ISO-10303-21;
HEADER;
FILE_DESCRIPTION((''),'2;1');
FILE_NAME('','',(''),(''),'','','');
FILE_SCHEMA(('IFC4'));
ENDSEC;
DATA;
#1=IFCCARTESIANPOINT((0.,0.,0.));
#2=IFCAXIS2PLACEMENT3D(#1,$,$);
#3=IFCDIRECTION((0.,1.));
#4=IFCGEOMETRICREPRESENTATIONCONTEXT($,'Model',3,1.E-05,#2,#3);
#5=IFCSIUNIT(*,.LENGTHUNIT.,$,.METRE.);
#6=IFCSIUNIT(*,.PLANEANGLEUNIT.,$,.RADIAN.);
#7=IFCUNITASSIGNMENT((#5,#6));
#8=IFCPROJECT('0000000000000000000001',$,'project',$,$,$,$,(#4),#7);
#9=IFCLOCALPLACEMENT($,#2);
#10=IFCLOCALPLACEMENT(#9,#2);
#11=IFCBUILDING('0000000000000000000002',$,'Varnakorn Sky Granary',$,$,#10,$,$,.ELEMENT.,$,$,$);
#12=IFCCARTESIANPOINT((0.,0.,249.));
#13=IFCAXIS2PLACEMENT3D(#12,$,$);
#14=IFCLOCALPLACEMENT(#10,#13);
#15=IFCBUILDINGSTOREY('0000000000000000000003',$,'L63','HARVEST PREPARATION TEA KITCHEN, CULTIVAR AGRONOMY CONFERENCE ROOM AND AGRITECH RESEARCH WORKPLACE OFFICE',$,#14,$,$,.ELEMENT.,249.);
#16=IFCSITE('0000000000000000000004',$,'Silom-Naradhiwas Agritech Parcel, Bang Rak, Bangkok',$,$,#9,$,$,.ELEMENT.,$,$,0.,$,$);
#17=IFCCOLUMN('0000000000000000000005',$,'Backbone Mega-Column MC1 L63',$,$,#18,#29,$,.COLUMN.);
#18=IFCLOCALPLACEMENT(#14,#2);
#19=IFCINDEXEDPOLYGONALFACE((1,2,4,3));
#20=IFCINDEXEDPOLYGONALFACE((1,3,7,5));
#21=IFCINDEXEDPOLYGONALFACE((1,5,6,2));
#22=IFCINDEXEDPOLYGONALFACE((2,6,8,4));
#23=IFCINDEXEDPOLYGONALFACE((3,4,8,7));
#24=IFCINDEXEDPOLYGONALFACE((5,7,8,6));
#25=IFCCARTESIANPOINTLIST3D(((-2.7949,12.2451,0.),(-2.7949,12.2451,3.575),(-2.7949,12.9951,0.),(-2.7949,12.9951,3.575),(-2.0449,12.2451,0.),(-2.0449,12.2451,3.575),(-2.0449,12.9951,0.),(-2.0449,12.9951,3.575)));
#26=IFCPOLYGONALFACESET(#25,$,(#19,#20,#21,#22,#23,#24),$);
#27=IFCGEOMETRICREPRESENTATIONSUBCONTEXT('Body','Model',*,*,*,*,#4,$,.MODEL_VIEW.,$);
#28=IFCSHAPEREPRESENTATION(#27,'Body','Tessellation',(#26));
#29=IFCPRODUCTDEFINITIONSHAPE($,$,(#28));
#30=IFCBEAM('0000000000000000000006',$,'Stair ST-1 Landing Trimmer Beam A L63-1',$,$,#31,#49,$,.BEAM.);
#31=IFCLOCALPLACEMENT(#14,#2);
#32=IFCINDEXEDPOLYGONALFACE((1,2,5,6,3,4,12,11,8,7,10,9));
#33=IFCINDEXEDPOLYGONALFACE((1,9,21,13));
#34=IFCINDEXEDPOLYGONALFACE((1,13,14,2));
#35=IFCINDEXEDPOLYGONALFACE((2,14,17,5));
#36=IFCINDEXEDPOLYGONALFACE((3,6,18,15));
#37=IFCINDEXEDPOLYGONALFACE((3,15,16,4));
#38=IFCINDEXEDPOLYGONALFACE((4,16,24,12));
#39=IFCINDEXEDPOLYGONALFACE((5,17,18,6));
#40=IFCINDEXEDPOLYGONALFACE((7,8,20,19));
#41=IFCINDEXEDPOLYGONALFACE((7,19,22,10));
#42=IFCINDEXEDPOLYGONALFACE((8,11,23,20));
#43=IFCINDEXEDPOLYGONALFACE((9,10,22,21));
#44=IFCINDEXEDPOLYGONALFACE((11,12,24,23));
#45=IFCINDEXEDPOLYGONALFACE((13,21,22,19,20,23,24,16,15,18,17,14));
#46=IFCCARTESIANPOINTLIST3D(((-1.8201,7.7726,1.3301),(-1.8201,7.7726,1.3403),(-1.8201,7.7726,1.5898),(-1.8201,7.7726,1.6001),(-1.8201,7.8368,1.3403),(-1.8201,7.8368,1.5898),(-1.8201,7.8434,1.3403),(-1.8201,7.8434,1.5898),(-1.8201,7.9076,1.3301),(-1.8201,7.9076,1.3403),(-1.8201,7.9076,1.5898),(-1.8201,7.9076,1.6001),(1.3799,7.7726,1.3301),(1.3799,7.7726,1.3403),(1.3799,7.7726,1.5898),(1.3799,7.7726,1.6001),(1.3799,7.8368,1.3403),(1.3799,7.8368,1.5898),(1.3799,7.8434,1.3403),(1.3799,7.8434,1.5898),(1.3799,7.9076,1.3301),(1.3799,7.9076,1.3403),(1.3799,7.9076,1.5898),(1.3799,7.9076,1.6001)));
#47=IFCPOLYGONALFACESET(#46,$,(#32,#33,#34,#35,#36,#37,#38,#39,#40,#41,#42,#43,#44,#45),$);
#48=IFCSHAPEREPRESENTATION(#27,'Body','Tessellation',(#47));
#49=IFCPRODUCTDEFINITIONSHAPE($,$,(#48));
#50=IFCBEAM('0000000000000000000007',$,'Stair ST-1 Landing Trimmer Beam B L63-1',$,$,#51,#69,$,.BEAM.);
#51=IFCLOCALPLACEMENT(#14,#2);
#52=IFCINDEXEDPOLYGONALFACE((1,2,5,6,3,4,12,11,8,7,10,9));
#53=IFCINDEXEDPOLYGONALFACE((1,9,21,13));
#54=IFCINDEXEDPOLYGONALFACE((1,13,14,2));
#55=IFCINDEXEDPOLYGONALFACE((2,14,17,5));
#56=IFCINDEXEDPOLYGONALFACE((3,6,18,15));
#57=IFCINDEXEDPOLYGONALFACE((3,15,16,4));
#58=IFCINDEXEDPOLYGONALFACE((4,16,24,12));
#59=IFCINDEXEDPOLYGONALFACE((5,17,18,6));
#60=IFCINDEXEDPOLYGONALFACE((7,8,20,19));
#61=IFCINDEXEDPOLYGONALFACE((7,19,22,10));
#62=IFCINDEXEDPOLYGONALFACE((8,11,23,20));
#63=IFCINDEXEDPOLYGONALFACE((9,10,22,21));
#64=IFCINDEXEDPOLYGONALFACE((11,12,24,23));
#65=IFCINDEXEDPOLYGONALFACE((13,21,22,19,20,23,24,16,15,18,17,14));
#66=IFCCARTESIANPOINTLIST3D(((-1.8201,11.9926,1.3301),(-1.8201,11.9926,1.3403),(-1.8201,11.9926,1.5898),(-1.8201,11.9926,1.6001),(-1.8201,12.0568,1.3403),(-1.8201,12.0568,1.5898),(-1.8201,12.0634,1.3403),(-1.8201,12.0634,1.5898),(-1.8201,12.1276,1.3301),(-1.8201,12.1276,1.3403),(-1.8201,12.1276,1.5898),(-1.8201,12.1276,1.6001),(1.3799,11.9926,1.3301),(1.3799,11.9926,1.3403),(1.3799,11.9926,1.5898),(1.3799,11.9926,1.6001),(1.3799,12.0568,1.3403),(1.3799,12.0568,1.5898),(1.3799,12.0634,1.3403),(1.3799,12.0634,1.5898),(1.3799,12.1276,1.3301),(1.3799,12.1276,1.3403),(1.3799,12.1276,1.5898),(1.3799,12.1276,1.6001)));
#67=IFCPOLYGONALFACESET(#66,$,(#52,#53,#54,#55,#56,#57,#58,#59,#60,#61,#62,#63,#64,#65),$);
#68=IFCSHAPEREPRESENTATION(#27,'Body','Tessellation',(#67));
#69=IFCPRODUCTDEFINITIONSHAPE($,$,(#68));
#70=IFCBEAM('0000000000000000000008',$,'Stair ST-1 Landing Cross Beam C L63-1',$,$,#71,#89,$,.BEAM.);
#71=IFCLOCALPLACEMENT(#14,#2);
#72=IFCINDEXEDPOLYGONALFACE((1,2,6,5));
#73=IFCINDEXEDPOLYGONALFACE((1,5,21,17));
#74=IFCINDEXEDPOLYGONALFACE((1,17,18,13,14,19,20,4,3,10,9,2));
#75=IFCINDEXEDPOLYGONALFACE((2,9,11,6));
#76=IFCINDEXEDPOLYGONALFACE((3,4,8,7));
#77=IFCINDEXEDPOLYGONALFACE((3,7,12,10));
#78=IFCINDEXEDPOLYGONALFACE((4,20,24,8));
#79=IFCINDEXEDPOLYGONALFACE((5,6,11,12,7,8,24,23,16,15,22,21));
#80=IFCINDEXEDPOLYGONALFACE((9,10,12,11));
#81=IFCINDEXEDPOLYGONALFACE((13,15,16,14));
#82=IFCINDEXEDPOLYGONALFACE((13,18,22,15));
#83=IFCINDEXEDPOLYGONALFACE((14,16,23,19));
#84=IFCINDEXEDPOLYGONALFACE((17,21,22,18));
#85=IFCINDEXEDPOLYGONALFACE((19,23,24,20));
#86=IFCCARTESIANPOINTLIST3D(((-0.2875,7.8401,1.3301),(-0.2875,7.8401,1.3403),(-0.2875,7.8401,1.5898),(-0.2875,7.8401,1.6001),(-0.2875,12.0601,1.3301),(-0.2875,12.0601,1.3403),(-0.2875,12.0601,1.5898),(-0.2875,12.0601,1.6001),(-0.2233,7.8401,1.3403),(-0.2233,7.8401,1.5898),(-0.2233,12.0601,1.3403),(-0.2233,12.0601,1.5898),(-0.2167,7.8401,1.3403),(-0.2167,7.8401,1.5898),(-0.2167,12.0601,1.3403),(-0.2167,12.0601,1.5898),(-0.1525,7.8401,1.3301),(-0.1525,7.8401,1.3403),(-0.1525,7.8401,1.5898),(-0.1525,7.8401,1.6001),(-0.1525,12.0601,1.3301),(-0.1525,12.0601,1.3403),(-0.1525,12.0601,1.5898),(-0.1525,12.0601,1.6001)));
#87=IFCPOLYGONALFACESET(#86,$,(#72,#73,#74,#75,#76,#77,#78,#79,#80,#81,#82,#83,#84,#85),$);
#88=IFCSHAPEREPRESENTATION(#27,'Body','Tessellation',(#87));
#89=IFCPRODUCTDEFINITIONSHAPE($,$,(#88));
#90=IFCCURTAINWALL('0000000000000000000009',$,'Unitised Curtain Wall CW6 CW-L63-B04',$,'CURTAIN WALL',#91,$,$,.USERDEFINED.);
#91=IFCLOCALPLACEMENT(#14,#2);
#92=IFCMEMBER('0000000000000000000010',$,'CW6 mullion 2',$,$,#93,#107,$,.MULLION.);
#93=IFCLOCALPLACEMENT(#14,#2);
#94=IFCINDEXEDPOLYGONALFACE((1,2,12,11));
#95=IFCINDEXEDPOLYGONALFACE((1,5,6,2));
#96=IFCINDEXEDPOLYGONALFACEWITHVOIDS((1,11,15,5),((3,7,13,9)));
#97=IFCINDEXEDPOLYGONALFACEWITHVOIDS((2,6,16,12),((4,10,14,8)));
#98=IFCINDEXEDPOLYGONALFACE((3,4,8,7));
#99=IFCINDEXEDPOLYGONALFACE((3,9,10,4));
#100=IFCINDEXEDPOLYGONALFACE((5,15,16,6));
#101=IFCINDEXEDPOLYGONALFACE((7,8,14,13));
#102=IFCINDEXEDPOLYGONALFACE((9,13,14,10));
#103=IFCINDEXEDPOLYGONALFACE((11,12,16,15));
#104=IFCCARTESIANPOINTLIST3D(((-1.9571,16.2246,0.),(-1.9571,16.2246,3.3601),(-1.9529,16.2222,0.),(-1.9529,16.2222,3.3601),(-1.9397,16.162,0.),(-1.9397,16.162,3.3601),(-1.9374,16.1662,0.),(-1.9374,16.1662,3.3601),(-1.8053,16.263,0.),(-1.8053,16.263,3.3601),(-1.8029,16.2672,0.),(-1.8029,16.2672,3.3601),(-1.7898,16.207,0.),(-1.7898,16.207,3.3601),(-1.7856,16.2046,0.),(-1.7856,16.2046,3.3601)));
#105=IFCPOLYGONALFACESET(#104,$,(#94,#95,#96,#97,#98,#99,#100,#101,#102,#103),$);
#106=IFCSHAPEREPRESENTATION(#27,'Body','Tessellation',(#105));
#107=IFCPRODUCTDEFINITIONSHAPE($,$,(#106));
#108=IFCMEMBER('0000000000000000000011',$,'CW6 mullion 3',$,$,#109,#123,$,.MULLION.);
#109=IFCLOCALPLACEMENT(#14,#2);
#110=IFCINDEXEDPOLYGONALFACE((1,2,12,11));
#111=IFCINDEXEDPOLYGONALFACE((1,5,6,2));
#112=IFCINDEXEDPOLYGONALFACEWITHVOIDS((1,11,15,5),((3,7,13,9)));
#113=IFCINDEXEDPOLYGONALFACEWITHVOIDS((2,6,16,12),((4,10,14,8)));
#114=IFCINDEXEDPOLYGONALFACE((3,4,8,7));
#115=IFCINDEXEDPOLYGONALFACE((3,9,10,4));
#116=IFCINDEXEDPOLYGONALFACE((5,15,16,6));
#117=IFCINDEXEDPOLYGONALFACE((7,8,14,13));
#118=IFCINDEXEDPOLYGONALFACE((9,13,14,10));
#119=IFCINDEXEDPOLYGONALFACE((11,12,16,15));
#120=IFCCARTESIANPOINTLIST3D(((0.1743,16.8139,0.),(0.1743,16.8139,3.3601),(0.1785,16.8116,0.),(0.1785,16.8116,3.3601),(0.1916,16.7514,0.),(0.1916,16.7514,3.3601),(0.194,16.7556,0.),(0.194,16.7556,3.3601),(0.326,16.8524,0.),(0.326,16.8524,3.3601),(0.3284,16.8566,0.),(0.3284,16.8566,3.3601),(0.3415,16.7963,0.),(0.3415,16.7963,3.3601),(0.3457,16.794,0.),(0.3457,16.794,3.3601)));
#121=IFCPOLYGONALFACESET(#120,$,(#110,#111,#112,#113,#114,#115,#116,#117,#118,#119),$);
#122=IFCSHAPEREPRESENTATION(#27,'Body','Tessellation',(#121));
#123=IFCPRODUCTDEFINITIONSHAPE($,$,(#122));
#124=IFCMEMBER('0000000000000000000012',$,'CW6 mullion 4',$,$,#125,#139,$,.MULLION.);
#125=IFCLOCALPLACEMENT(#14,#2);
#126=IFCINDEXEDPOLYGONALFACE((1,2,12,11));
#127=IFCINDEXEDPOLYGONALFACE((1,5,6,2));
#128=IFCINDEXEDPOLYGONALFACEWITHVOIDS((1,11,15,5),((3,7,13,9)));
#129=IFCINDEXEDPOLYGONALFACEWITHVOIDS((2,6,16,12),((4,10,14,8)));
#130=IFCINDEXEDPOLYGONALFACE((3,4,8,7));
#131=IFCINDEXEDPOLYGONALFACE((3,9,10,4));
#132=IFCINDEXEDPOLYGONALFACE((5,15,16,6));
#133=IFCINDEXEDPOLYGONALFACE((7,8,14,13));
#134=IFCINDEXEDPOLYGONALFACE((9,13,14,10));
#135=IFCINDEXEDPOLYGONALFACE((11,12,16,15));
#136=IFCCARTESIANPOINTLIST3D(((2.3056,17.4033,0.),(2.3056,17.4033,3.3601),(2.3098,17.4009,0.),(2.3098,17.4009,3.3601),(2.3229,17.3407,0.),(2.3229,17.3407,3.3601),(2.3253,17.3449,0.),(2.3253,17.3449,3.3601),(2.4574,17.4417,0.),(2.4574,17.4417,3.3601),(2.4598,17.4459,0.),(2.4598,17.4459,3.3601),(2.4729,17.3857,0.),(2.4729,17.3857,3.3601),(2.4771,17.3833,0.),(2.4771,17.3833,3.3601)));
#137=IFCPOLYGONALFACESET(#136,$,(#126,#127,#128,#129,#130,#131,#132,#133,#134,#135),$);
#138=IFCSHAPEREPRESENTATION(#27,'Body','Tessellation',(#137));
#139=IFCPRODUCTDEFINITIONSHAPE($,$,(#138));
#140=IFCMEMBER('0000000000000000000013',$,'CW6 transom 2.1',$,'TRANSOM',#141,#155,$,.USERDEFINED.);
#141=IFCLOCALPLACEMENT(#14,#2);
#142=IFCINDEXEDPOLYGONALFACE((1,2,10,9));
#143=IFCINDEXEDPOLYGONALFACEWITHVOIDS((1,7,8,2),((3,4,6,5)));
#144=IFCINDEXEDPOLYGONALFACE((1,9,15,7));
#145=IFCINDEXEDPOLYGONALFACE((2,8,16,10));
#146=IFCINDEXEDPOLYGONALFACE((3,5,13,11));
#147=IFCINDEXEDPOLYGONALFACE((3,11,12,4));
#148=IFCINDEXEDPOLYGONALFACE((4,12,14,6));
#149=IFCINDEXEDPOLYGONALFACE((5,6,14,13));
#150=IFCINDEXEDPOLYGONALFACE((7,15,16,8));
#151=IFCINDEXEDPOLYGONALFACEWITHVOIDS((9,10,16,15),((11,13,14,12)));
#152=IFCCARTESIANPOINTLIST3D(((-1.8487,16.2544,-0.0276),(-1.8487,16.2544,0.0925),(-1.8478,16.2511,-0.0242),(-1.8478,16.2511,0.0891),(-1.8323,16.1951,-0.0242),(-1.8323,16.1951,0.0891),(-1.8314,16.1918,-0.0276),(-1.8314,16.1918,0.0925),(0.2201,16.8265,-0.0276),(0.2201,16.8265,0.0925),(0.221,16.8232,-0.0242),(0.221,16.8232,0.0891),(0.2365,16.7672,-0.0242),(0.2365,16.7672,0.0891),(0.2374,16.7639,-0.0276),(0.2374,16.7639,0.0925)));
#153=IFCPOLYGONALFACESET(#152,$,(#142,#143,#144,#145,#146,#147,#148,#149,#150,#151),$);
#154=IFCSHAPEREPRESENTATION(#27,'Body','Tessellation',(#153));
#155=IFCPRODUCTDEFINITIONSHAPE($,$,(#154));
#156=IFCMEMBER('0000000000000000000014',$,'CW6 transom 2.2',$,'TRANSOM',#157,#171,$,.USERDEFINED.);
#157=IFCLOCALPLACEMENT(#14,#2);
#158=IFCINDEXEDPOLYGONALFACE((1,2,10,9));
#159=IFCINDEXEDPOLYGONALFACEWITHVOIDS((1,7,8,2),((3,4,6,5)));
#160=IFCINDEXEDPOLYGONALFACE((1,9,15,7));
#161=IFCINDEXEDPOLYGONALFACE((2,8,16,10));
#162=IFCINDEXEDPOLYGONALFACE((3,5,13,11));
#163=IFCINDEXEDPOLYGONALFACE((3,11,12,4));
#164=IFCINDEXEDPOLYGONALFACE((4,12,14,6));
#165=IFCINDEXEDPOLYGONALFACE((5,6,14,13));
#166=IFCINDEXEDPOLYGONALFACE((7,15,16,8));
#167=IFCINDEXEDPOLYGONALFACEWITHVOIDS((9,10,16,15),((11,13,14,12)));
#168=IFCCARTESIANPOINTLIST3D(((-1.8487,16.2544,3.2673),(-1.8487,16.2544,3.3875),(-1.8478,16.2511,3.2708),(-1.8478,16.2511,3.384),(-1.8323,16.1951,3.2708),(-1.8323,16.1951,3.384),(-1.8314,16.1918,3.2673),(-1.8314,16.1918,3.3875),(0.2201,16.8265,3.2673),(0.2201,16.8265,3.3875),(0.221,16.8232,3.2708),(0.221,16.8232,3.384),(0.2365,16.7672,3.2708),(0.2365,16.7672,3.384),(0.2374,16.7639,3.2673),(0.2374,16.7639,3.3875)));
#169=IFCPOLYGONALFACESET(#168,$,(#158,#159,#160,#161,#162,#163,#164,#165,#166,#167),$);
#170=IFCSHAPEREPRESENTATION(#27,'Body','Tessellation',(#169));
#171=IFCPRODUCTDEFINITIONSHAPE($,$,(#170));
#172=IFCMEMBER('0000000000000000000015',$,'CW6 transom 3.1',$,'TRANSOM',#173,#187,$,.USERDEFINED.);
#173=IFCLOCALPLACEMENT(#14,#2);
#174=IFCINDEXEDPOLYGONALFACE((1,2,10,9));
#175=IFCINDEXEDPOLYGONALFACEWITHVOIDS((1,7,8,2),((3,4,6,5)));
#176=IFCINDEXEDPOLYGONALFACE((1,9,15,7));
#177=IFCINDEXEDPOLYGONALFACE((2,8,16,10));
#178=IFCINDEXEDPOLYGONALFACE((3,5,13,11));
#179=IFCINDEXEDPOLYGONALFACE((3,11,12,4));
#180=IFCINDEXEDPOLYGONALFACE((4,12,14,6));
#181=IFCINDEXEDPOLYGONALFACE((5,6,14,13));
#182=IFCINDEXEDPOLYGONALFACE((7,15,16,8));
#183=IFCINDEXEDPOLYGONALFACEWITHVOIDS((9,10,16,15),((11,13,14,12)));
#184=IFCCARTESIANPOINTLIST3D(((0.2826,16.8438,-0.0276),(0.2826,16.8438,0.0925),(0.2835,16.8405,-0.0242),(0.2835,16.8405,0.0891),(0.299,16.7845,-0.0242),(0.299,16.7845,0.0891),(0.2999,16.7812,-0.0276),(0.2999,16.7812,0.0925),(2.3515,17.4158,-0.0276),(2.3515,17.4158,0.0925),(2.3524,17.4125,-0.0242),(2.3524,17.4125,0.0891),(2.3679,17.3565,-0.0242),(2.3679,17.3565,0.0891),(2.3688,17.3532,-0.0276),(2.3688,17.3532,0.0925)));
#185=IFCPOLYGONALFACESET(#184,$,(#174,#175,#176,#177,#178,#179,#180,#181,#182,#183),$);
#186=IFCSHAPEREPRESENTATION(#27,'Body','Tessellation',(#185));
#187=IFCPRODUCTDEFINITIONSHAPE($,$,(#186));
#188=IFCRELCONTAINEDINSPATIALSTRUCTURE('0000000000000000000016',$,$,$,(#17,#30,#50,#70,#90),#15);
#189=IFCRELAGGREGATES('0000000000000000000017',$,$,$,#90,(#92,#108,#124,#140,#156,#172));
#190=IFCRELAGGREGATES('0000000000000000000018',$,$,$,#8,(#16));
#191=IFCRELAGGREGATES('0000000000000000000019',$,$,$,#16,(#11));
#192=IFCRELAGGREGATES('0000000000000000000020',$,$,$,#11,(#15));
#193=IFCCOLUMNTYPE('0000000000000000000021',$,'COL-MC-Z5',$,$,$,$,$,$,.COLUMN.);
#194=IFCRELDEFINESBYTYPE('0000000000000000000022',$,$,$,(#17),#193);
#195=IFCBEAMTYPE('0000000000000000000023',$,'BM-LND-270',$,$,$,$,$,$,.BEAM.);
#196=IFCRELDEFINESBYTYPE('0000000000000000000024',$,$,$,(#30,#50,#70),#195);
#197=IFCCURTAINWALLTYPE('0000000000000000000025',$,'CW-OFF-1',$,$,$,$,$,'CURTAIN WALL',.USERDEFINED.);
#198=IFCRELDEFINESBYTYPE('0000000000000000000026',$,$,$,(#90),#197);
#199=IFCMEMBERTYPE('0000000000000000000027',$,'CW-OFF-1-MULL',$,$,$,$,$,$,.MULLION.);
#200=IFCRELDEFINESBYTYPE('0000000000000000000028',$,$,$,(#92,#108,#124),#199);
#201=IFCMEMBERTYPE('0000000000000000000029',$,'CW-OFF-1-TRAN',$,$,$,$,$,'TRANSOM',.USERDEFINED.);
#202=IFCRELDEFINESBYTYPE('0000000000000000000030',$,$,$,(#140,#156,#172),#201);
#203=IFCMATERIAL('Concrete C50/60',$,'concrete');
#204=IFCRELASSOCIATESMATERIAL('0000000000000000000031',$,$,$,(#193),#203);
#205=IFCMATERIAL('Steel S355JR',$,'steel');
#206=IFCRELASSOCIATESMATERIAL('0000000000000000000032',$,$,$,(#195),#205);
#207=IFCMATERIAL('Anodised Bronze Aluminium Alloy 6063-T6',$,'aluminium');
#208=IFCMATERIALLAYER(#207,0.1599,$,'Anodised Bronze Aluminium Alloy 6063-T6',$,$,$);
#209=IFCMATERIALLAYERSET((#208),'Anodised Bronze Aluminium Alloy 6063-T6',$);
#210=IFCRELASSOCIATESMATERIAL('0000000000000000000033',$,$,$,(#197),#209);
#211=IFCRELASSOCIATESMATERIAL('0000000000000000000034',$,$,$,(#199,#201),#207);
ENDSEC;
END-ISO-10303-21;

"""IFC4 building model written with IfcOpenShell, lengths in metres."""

from ifc_helpers import new_model, si_unit, direction, frame, origin, origin_2d, place, context, subcontext, project, spatial, rectangle, hollow_rectangle, i_section, extrude, material, layer, layer_set, material_profile, profile_set, type_object, element, aggregate, save


model = new_model("IFC4")

# Units and contexts
model_context = context("Model", 3, precision=1e-05, world=origin(), true_north=direction((0.0, 1.0)))
body_context = subcontext(model_context, "Body", "Model", "MODEL_VIEW")
ifc_project = project(units=[si_unit("LENGTHUNIT", "METRE"), si_unit("PLANEANGLEUNIT", "RADIAN")], contexts=[model_context])

# Site, building, storey
site_placement = place(None, origin())
site = spatial("IfcSite", under=ifc_project, at=site_placement, Name="Silom-Naradhiwas Agritech Parcel, Bang Rak, Bangkok", CompositionType="ELEMENT", RefElevation=0.0)
building_placement = place(site_placement, origin())
building = spatial("IfcBuilding", under=site, at=building_placement, Name="Varnakorn Sky Granary", CompositionType="ELEMENT")
storey_placement = place(building_placement, frame((0.0, 0.0, 249.0)))
storey = spatial("IfcBuildingStorey", under=building, at=storey_placement, Name="L63", Description="HARVEST PREPARATION TEA KITCHEN, CULTIVAR AGRONOMY CONFERENCE ROOM AND AGRITECH RESEARCH WORKPLACE OFFICE", CompositionType="ELEMENT", Elevation=249.0)

# Column
ifc_material_1 = material(Name="Concrete C50/60", Category="concrete")
ifc_material_profile_1 = material_profile(ifc_material_1, rectangle(XDim=0.75, YDim=0.75, at=origin_2d()), Name="RC 750x750")
ifc_profile_set_1 = profile_set([ifc_material_profile_1], Name="Concrete C50/60")
column_type = type_object("IfcColumnType", Name="COL-MC-Z5", PredefinedType="COLUMN", material=ifc_profile_set_1)
column_placement = place(storey_placement, frame((-2.4199, 12.6201, 0.0), z_axis=(0.0, 0.0, 1.0), x_axis=(1.0, 0.0, 0.0)))
element("IfcColumn", 1, at=column_placement, inside=storey, type_object=column_type, Name="Backbone Mega-Column MC1 L63", PredefinedType="COLUMN", context=body_context, shape_type="SweptSolid", body=[
    extrude(rectangle(XDim=0.75, YDim=0.75, at=origin_2d()), origin(), (0.0, 0.0, 1.0), 3.575),
])

# Beams
ifc_material_2 = material(Name="Steel S355JR", Category="steel")
ifc_material_profile_2 = material_profile(ifc_material_2, i_section(OverallWidth=0.135, OverallDepth=0.27, WebThickness=0.0066, FlangeThickness=0.0103, at=origin_2d()), Name="IPE 270")
ifc_profile_set_2 = profile_set([ifc_material_profile_2], Name="Steel S355JR")
beam_type = type_object("IfcBeamType", Name="BM-LND-270", PredefinedType="BEAM", material=ifc_profile_set_2)
for number, where, z_axis, x_axis, name in (
    (2, (-1.8201, 7.8401, 1.4651), (1.0, 0.0, 0.0), (0.0, 1.0, 0.0), "Stair ST-1 Landing Trimmer Beam A L63-1"),
    (3, (-1.8201, 12.0601, 1.4651), (1.0, 0.0, 0.0), (0.0, 1.0, 0.0), "Stair ST-1 Landing Trimmer Beam B L63-1"),
):
    element("IfcBeam", number, at=place(storey_placement, frame(where, z_axis=z_axis, x_axis=x_axis)), inside=storey, type_object=beam_type, Name=name, PredefinedType="BEAM", context=body_context, shape_type="SweptSolid", body=[
        extrude(i_section(OverallWidth=0.135, OverallDepth=0.27, WebThickness=0.0066, FlangeThickness=0.0103, at=origin_2d()), origin(), (0.0, 0.0, 1.0), 3.2),
    ])
beam_placement = place(storey_placement, frame((-0.22, 7.8401, 1.4651), z_axis=(0.0, 1.0, 0.0), x_axis=(-1.0, 0.0, 0.0)))
element("IfcBeam", 4, at=beam_placement, inside=storey, type_object=beam_type, Name="Stair ST-1 Landing Cross Beam C L63-1", PredefinedType="BEAM", context=body_context, shape_type="SweptSolid", body=[
    extrude(i_section(OverallWidth=0.135, OverallDepth=0.27, WebThickness=0.0066, FlangeThickness=0.0103, at=origin_2d()), origin(), (0.0, 0.0, 1.0), 4.22),
])

# Curtain wall, members
ifc_material_3 = material(Name="Anodised Bronze Aluminium Alloy 6063-T6", Category="aluminium")
ifc_layer_1 = layer(ifc_material_3, 0.1599, Name="Anodised Bronze Aluminium Alloy 6063-T6")
ifc_layer_set_1 = layer_set([ifc_layer_1], Name="Anodised Bronze Aluminium Alloy 6063-T6")
curtain_wall_type = type_object("IfcCurtainWallType", Name="CW-OFF-1", ElementType="CURTAIN WALL", PredefinedType="USERDEFINED", material=ifc_layer_set_1)
curtain_wall_placement = place(storey_placement, origin())
curtain_wall = element("IfcCurtainWall", 5, at=curtain_wall_placement, inside=storey, type_object=curtain_wall_type, Name="Unitised Curtain Wall CW6 CW-L63-B04", ObjectType="CURTAIN WALL", PredefinedType="USERDEFINED")
ifc_material_profile_3 = material_profile(ifc_material_3, hollow_rectangle(XDim=0.0649, YDim=0.1599, WallThickness=0.0034, at=origin_2d()), Name="ALU MULL 65x160")
ifc_profile_set_3 = profile_set([ifc_material_profile_3], Name="Anodised Bronze Aluminium Alloy 6063-T6")
member_type_1 = type_object("IfcMemberType", Name="CW-OFF-1-MULL", PredefinedType="MULLION", material=ifc_profile_set_3)
member_1_placement = place(storey_placement, frame((-1.8713, 16.2146, 0.0), z_axis=(0.0, 0.0, 1.0), x_axis=(-0.266487, 0.963839, 0.0)))
member_1 = element("IfcMember", 6, at=member_1_placement, type_object=member_type_1, Name="CW6 mullion 2", PredefinedType="MULLION", context=body_context, shape_type="SweptSolid", body=[
    extrude(hollow_rectangle(XDim=0.0649, YDim=0.1599, WallThickness=0.0034, at=origin_2d()), origin(), (0.0, 0.0, 1.0), 3.3601),
])
member_2_placement = place(storey_placement, frame((0.26, 16.804, 0.0), z_axis=(0.0, 0.0, 1.0), x_axis=(-0.266487, 0.963839, 0.0)))
member_2 = element("IfcMember", 7, at=member_2_placement, type_object=member_type_1, Name="CW6 mullion 3", PredefinedType="MULLION", context=body_context, shape_type="SweptSolid", body=[
    extrude(hollow_rectangle(XDim=0.0649, YDim=0.1599, WallThickness=0.0034, at=origin_2d()), origin(), (0.0, 0.0, 1.0), 3.3601),
])
member_3_placement = place(storey_placement, frame((2.3914, 17.3933, 0.0), z_axis=(0.0, 0.0, 1.0), x_axis=(-0.266487, 0.963839, 0.0)))
member_3 = element("IfcMember", 8, at=member_3_placement, type_object=member_type_1, Name="CW6 mullion 4", PredefinedType="MULLION", context=body_context, shape_type="SweptSolid", body=[
    extrude(hollow_rectangle(XDim=0.0649, YDim=0.1599, WallThickness=0.0034, at=origin_2d()), origin(), (0.0, 0.0, 1.0), 3.3601),
])
ifc_material_profile_4 = material_profile(ifc_material_3, hollow_rectangle(XDim=0.0649, YDim=0.1201, WallThickness=0.0034, at=origin_2d()), Name="ALU TRAN 65x120")
ifc_profile_set_4 = profile_set([ifc_material_profile_4], Name="Anodised Bronze Aluminium Alloy 6063-T6")
member_type_2 = type_object("IfcMemberType", Name="CW-OFF-1-TRAN", ElementType="TRANSOM", PredefinedType="USERDEFINED", material=ifc_profile_set_4)
member_4_placement = place(storey_placement, frame((-1.8401, 16.2231, 0.0325), z_axis=(0.963837, 0.266494, 0.0), x_axis=(-0.266494, 0.963837, 0.0)))
member_4 = element("IfcMember", 9, at=member_4_placement, type_object=member_type_2, Name="CW6 transom 2.1", ObjectType="TRANSOM", PredefinedType="USERDEFINED", context=body_context, shape_type="SweptSolid", body=[
    extrude(hollow_rectangle(XDim=0.0649, YDim=0.1201, WallThickness=0.0034, at=origin_2d()), origin(), (0.0, 0.0, 1.0), 2.1465),
])
member_5_placement = place(storey_placement, frame((-1.8401, 16.2231, 3.3274), z_axis=(0.963837, 0.266494, 0.0), x_axis=(-0.266494, 0.963837, 0.0)))
member_5 = element("IfcMember", 10, at=member_5_placement, type_object=member_type_2, Name="CW6 transom 2.2", ObjectType="TRANSOM", PredefinedType="USERDEFINED", context=body_context, shape_type="SweptSolid", body=[
    extrude(hollow_rectangle(XDim=0.0649, YDim=0.1201, WallThickness=0.0034, at=origin_2d()), origin(), (0.0, 0.0, 1.0), 2.1465),
])
member_6_placement = place(storey_placement, frame((0.2913, 16.8125, 0.0325), z_axis=(0.963837, 0.266494, 0.0), x_axis=(-0.266494, 0.963837, 0.0)))
member_6 = element("IfcMember", 11, at=member_6_placement, type_object=member_type_2, Name="CW6 transom 3.1", ObjectType="TRANSOM", PredefinedType="USERDEFINED", context=body_context, shape_type="SweptSolid", body=[
    extrude(hollow_rectangle(XDim=0.0649, YDim=0.1201, WallThickness=0.0034, at=origin_2d()), origin(), (0.0, 0.0, 1.0), 2.1465),
])
aggregate(curtain_wall, [member_1, member_2, member_3, member_4, member_5, member_6])

save(model, "model.ifc")
